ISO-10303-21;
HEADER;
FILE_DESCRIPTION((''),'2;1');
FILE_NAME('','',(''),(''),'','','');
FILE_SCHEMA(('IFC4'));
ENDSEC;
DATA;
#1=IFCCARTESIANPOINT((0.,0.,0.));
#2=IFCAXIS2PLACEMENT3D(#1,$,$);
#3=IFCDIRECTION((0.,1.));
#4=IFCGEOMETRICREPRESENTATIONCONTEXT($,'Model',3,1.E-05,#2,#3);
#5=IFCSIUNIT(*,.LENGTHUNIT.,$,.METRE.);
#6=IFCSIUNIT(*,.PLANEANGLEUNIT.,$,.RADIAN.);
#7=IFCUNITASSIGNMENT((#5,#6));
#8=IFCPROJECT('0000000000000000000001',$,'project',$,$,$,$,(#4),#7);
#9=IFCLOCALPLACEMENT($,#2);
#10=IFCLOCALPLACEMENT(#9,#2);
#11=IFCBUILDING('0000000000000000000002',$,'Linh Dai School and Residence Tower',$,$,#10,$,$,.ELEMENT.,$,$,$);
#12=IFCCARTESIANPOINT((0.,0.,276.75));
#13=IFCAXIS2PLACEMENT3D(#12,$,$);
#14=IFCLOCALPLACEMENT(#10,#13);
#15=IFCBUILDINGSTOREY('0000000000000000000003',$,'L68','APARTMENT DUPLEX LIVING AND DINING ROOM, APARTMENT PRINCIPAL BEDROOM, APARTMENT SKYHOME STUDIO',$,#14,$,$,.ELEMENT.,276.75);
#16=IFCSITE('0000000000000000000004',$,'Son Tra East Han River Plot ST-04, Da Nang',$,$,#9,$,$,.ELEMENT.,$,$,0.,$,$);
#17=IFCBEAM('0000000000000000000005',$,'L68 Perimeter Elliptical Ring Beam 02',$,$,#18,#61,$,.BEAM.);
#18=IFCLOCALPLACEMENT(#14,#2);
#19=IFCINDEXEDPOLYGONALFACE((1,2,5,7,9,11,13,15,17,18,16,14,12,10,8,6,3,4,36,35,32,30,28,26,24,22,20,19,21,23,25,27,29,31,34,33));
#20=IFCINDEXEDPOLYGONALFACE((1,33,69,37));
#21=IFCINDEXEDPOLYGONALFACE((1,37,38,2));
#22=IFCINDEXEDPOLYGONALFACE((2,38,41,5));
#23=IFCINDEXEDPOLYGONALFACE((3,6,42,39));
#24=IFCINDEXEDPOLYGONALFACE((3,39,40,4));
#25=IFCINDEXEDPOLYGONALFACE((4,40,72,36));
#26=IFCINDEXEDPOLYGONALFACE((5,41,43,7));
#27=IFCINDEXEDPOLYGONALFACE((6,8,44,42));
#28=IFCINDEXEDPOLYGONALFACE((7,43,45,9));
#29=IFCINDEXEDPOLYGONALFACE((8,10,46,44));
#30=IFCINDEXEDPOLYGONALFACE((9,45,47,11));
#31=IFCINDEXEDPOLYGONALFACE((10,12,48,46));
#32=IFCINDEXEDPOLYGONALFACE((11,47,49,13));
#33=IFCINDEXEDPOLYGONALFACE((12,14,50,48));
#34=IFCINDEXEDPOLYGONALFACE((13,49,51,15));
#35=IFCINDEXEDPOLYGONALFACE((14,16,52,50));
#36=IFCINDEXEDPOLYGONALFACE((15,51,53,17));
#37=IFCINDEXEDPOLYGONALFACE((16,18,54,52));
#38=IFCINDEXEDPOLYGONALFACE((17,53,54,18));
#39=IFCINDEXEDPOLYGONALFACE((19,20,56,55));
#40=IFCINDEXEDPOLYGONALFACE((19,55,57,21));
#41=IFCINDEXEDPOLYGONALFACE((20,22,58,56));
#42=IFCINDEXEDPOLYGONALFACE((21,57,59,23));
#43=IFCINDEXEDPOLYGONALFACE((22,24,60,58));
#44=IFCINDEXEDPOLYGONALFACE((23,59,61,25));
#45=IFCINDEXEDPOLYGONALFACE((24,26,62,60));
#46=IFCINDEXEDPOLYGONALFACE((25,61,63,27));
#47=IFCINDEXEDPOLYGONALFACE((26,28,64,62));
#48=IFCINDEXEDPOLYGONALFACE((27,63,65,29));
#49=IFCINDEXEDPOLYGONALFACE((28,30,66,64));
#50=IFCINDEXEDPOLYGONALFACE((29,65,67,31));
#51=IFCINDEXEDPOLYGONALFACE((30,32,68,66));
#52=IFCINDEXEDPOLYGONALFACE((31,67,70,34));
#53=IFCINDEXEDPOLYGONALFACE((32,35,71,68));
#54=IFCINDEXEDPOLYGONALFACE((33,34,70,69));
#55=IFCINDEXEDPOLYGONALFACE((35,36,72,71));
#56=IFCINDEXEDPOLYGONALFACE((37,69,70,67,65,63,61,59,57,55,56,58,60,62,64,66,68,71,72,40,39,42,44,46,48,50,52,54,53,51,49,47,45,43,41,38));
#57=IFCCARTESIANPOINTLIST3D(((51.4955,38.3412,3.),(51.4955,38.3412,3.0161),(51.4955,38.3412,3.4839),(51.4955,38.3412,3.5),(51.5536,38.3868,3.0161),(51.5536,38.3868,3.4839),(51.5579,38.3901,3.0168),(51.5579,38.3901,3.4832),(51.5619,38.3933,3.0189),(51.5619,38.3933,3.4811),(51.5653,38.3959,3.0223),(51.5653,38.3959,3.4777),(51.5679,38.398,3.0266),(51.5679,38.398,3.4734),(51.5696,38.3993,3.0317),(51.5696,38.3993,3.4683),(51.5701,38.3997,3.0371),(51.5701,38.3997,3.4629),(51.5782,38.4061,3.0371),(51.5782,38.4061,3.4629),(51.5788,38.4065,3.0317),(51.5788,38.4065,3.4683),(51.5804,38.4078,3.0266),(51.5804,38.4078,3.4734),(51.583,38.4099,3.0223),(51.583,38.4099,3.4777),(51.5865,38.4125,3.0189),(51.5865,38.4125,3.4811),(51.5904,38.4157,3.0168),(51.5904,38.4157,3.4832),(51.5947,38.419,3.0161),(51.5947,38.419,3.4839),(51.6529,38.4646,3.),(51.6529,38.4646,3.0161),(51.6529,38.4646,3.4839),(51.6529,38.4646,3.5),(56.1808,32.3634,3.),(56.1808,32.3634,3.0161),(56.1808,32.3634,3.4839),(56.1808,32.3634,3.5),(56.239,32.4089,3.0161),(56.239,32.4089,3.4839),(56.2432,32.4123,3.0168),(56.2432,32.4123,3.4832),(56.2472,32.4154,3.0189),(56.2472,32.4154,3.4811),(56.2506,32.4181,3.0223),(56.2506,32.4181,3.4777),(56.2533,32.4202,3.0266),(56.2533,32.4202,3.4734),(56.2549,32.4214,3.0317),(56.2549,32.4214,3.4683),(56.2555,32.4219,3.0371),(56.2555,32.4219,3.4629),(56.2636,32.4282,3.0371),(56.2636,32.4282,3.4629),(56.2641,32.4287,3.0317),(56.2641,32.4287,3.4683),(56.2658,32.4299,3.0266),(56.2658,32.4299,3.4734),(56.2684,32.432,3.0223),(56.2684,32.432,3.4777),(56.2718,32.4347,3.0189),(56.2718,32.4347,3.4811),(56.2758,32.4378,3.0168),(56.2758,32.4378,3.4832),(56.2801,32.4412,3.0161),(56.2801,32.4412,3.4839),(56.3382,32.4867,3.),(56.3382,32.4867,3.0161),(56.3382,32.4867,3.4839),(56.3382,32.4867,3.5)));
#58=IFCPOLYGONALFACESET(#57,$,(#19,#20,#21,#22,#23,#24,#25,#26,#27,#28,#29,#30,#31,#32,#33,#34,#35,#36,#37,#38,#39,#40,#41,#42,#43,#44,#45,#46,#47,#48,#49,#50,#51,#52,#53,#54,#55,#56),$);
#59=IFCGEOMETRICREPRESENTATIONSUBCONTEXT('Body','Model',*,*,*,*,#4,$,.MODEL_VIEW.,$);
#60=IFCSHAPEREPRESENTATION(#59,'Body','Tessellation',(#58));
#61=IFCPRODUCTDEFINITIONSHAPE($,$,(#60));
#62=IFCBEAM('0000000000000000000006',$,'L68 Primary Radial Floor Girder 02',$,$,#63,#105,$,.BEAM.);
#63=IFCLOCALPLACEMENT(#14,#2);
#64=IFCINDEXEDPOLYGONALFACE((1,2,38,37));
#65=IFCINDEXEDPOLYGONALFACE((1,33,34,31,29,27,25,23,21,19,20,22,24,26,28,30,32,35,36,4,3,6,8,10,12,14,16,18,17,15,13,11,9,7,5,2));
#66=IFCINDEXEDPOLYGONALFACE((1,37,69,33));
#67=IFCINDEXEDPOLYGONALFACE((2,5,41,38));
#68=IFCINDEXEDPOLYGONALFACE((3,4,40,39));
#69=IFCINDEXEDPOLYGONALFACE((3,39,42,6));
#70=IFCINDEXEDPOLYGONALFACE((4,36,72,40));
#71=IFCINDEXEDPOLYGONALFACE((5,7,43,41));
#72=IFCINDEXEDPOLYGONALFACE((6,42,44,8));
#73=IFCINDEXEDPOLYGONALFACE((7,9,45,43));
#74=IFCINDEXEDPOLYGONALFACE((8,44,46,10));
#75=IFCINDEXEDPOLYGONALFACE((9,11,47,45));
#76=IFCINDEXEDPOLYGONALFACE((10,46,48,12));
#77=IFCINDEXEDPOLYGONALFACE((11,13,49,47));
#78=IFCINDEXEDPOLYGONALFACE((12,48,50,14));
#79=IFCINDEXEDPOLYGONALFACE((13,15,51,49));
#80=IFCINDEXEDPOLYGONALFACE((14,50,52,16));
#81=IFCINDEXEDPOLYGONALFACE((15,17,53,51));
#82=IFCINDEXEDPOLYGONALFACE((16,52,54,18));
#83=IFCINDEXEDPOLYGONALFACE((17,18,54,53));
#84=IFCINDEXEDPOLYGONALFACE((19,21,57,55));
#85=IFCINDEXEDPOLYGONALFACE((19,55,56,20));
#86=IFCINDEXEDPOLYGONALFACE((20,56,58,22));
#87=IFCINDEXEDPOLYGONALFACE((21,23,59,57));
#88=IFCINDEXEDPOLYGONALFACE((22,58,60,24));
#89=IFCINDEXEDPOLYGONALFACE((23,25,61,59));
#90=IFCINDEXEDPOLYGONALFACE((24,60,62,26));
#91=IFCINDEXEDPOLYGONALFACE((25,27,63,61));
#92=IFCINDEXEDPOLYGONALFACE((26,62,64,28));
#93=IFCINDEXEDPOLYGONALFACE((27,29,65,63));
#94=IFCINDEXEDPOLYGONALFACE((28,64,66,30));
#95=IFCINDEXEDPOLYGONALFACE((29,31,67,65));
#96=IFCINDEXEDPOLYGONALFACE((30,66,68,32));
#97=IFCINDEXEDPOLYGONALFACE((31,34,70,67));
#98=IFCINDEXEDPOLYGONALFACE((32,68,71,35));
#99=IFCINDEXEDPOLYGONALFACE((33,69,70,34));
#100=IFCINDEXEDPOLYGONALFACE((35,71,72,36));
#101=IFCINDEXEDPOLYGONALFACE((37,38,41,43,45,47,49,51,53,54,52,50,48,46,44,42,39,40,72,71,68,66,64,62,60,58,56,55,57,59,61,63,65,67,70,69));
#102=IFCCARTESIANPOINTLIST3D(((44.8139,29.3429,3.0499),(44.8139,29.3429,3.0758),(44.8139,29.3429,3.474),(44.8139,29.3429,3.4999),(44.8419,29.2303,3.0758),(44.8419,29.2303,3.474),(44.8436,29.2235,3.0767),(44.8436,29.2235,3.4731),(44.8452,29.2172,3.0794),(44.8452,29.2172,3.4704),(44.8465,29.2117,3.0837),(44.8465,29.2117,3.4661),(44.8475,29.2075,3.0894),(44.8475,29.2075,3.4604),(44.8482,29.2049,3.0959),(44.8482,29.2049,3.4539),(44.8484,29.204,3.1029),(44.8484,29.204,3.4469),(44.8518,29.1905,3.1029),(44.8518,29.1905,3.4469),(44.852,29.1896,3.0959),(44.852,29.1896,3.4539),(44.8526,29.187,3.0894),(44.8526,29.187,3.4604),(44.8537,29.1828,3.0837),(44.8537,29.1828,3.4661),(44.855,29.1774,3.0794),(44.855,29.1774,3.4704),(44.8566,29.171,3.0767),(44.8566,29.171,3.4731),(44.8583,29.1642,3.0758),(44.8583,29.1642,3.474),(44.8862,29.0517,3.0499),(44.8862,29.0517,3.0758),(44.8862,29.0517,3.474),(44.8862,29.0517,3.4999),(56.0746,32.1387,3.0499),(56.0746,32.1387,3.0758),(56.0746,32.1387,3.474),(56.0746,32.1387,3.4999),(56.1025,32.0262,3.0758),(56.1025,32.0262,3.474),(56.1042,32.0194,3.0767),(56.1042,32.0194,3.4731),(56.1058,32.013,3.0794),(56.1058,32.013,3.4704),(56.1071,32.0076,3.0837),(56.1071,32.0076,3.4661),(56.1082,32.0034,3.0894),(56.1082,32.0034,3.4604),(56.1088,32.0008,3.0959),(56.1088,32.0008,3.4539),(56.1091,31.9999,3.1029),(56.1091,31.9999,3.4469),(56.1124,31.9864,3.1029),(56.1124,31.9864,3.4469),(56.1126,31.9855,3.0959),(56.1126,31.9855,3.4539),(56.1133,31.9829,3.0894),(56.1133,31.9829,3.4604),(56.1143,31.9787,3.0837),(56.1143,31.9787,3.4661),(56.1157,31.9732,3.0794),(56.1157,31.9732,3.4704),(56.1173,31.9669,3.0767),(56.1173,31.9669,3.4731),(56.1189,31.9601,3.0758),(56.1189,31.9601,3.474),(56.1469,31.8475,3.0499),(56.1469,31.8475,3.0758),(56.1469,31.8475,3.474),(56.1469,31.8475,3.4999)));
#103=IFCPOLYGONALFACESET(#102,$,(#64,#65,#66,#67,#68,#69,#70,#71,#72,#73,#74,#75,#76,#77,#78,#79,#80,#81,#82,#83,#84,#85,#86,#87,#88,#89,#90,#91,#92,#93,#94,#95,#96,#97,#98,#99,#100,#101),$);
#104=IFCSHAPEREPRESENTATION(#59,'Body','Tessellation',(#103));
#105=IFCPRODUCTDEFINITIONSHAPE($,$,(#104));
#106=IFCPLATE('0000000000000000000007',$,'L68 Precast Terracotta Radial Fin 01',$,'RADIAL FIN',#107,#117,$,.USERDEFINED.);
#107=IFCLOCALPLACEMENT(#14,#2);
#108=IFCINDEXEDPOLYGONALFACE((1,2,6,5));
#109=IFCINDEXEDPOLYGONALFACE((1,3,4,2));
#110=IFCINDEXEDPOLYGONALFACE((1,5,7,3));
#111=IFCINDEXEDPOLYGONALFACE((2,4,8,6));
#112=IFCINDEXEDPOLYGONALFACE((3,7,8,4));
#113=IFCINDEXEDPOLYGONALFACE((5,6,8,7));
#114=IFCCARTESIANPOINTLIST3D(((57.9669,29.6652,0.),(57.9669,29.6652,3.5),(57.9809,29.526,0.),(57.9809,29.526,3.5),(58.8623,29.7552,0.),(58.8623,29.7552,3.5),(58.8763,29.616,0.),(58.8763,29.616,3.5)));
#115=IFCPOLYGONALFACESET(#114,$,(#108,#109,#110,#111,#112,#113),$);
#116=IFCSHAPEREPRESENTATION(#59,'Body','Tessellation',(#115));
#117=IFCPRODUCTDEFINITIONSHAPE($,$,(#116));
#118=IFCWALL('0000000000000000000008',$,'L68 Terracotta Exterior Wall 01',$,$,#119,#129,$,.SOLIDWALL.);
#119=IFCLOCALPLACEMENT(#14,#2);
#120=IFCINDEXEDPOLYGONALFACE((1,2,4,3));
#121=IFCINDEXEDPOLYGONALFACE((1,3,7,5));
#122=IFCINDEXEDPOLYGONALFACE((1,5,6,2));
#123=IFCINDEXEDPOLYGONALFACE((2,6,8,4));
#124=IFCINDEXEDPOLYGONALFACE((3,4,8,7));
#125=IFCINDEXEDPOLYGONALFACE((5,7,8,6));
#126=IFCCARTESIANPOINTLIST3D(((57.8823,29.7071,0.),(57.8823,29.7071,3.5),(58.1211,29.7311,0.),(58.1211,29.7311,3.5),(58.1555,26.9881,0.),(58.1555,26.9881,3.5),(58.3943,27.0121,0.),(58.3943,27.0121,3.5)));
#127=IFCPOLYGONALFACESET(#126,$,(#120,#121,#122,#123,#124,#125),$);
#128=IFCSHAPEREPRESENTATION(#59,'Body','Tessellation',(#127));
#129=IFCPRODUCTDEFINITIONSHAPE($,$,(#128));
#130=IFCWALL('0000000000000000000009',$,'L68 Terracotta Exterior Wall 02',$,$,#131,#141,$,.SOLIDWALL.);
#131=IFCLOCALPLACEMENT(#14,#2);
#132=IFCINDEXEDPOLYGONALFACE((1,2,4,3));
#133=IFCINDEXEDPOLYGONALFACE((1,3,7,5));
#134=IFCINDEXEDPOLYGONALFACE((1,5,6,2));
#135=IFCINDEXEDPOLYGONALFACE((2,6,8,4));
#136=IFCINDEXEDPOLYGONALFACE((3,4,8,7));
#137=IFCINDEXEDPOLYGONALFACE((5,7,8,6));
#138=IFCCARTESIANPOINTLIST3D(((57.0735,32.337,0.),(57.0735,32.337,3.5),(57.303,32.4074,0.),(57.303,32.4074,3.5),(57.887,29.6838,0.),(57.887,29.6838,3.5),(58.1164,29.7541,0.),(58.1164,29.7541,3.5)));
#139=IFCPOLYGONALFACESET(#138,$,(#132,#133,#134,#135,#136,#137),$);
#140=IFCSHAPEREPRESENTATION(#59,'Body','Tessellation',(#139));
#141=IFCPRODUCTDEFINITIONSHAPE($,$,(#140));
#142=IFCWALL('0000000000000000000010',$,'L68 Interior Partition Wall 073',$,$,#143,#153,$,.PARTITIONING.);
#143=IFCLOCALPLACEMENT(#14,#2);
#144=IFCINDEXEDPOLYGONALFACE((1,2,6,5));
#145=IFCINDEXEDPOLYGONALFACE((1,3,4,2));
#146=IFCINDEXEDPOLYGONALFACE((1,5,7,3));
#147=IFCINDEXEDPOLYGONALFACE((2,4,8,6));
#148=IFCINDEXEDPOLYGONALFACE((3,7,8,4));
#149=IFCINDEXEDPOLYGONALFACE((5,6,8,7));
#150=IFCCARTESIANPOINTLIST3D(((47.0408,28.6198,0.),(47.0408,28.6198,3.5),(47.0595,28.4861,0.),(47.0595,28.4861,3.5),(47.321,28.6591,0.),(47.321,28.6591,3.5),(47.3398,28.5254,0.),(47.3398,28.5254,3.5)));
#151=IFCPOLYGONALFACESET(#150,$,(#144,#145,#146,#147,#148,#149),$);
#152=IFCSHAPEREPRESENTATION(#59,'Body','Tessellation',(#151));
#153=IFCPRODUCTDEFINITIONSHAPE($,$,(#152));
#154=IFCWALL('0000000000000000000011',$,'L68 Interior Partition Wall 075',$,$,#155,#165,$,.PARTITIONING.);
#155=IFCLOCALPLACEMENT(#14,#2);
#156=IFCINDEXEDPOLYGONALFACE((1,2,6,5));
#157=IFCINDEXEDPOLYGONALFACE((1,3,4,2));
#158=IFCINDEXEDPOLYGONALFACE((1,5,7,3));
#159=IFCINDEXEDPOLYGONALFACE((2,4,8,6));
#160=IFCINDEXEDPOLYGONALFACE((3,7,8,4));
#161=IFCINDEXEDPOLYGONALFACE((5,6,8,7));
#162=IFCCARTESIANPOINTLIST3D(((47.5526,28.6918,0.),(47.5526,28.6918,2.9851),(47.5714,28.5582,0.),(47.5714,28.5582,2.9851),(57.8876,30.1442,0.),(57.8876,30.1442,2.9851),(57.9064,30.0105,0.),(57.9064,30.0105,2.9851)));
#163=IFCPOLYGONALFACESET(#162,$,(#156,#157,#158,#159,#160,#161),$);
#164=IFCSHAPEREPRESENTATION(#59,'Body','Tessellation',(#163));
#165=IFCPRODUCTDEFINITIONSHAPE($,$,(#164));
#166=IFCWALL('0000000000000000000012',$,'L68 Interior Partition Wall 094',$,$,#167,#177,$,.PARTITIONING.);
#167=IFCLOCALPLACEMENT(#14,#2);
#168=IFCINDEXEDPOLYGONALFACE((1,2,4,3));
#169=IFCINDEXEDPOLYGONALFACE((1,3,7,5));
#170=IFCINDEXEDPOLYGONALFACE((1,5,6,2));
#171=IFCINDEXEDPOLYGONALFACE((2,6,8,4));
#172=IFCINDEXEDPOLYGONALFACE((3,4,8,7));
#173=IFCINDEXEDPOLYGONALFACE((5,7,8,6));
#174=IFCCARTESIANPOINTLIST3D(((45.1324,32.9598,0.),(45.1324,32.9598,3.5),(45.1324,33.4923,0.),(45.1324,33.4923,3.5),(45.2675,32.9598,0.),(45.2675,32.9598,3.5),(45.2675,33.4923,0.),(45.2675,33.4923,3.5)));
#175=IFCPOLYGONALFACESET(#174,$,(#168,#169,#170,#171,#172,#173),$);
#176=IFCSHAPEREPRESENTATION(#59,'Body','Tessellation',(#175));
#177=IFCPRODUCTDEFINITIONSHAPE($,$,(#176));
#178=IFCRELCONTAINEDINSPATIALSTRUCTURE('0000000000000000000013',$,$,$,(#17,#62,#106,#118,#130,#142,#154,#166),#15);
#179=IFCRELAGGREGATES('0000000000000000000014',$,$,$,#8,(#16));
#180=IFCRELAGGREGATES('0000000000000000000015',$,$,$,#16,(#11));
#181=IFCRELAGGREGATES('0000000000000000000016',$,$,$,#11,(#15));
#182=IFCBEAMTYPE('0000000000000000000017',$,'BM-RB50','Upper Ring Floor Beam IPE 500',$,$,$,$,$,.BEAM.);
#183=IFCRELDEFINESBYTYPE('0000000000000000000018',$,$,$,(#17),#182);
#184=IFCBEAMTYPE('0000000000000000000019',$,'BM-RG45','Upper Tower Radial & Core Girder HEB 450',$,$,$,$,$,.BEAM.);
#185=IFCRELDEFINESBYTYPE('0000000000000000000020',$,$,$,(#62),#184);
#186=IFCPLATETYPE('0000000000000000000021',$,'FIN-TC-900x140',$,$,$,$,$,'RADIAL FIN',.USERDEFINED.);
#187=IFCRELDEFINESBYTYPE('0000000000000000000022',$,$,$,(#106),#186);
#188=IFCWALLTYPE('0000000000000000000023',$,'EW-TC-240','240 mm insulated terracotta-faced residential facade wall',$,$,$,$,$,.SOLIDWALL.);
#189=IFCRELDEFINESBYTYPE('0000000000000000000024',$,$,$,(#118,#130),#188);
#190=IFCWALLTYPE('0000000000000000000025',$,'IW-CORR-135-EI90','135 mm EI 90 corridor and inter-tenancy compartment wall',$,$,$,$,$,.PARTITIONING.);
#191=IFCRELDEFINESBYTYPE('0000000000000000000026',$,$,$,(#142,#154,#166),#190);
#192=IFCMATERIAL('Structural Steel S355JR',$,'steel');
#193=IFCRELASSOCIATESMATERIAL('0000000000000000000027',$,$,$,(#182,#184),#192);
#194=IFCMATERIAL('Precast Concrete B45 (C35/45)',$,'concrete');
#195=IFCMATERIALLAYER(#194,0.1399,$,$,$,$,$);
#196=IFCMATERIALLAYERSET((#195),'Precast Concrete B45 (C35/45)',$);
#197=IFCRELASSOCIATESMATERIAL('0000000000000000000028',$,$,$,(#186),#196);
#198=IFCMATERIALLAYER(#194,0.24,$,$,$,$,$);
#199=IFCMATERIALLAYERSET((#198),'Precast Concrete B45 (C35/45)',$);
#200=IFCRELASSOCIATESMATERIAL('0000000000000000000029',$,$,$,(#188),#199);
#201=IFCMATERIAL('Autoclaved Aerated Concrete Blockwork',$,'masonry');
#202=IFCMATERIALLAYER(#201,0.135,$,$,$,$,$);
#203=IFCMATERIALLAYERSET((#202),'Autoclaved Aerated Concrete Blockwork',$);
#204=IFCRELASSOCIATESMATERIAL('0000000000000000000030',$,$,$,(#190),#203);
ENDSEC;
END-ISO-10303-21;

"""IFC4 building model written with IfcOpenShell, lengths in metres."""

from ifc_helpers import new_model, si_unit, direction, frame, frame_2d, origin, origin_2d, place, context, subcontext, project, spatial, rectangle, i_section, extrude, source, transform, mapped, material, layer, layer_set, material_profile, profile_set, type_object, element, save


model = new_model("IFC4")

# Units and contexts
model_context = context("Model", 3, precision=1e-05, world=origin(), true_north=direction((0.0, 1.0)))
body_context = subcontext(model_context, "Body", "Model", "MODEL_VIEW")
ifc_project = project(units=[si_unit("LENGTHUNIT", "METRE"), si_unit("PLANEANGLEUNIT", "RADIAN")], contexts=[model_context])

# Site, building, storey
site_placement = place(None, origin())
site = spatial("IfcSite", under=ifc_project, at=site_placement, Name="Son Tra East Han River Plot ST-04, Da Nang", CompositionType="ELEMENT", RefElevation=0.0)
building_placement = place(site_placement, origin())
building = spatial("IfcBuilding", under=site, at=building_placement, Name="Linh Dai School and Residence Tower", CompositionType="ELEMENT")
storey_placement = place(building_placement, frame((0.0, 0.0, 276.75)))
storey = spatial("IfcBuildingStorey", under=building, at=storey_placement, Name="L68", Description="APARTMENT DUPLEX LIVING AND DINING ROOM, APARTMENT PRINCIPAL BEDROOM, APARTMENT SKYHOME STUDIO", CompositionType="ELEMENT", Elevation=276.75)

# Shared definitions
ifc_material_1 = material(Name="Structural Steel S355JR", Category="steel")

# Beams
ifc_material_profile_1 = material_profile(ifc_material_1, i_section(OverallWidth=0.2, OverallDepth=0.5, WebThickness=0.0103, FlangeThickness=0.0161, FilletRadius=0.021, at=origin_2d()), Name="IPE 500")
ifc_profile_set_1 = profile_set([ifc_material_profile_1], Name="Structural Steel S355JR")
beam_type_1 = type_object("IfcBeamType", Name="BM-RB50", Description="Upper Ring Floor Beam IPE 500", PredefinedType="BEAM", material=ifc_profile_set_1)
beam_1_placement = place(storey_placement, frame((56.2595, 32.425, 3.25), z_axis=(-0.616883, 0.787055, 0.0), x_axis=(-0.787055, -0.616883, 0.0)))
element("IfcBeam", 1, at=beam_1_placement, inside=storey, type_object=beam_type_1, Name="L68 Perimeter Elliptical Ring Beam 02", PredefinedType="BEAM", context=body_context, shape_type="SweptSolid", body=[
    extrude(i_section(OverallWidth=0.2, OverallDepth=0.5, WebThickness=0.0103, FlangeThickness=0.0161, FilletRadius=0.021, at=origin_2d()), origin(), (0.0, 0.0, 1.0), 7.5952),
])
ifc_material_profile_2 = material_profile(ifc_material_1, i_section(OverallWidth=0.3, OverallDepth=0.45, WebThickness=0.0139, FlangeThickness=0.0259, FilletRadius=0.0271, at=origin_2d()), Name="HEB 450")
ifc_profile_set_2 = profile_set([ifc_material_profile_2], Name="Structural Steel S355JR")
beam_type_2 = type_object("IfcBeamType", Name="BM-RG45", Description="Upper Tower Radial & Core Girder HEB 450", PredefinedType="BEAM", material=ifc_profile_set_2)
beam_2_placement = place(storey_placement, frame((44.8501, 29.1973, 3.2749), z_axis=(0.970532, 0.240971, 0.0), x_axis=(-0.240971, 0.970532, 0.0)))
element("IfcBeam", 2, at=beam_2_placement, inside=storey, type_object=beam_type_2, Name="L68 Primary Radial Floor Girder 02", PredefinedType="BEAM", context=body_context, shape_type="SweptSolid", body=[
    extrude(i_section(OverallWidth=0.3, OverallDepth=0.45, WebThickness=0.0139, FlangeThickness=0.0259, FilletRadius=0.0271, at=origin_2d()), origin(), (0.0, 0.0, 1.0), 11.6025),
])

# Plate
ifc_material_2 = material(Name="Precast Concrete B45 (C35/45)", Category="concrete")
ifc_layer_1 = layer(ifc_material_2, 0.1399)
ifc_layer_set_1 = layer_set([ifc_layer_1], Name="Precast Concrete B45 (C35/45)")
plate_type = type_object("IfcPlateType", Name="FIN-TC-900x140", ElementType="RADIAL FIN", PredefinedType="USERDEFINED", material=ifc_layer_set_1)
shared_shape_1 = source(origin(), body_context, "Body", "SweptSolid", [
    extrude(rectangle(XDim=0.8999, YDim=0.1399, at=origin_2d()), origin(), (0.0, 0.0, 1.0), 3.5),
])
plate_placement = place(storey_placement, frame((58.4216, 29.6406, 0.0), z_axis=(0.0, 0.0, 1.0), x_axis=(0.994987, 0.100008, 0.0)))
element("IfcPlate", 3, at=plate_placement, inside=storey, type_object=plate_type, Name="L68 Precast Terracotta Radial Fin 01", ObjectType="RADIAL FIN", PredefinedType="USERDEFINED", context=body_context, shape_type="MappedRepresentation", body=[
    mapped(shared_shape_1, transform((0.0, 0.0, 0.0), x_axis=(1.0, 0.0, 0.0), y_axis=(0.0, 1.0, 0.0), z_axis=(0.0, 0.0, 1.0), scale=1.0)),
])

# Walls
ifc_layer_2 = layer(ifc_material_2, 0.24)
ifc_layer_set_2 = layer_set([ifc_layer_2], Name="Precast Concrete B45 (C35/45)")
wall_type_1 = type_object("IfcWallType", Name="EW-TC-240", Description="240 mm insulated terracotta-faced residential facade wall", PredefinedType="SOLIDWALL", material=ifc_layer_set_2)
wall_1_placement = place(storey_placement, frame((58.0017, 29.719, 0.0), z_axis=(0.0, 0.0, 1.0), x_axis=(0.099973, -0.99499, 0.0)))
element("IfcWall", 4, at=wall_1_placement, inside=storey, type_object=wall_type_1, Name="L68 Terracotta Exterior Wall 01", PredefinedType="SOLIDWALL", context=body_context, shape_type="SweptSolid", body=[
    extrude(rectangle(XDim=2.7327, YDim=0.24, at=frame_2d((1.3662, 0.0))), origin(), (0.0, 0.0, 1.0), 3.5),
])
wall_2_placement = place(storey_placement, frame((57.1882, 32.3723, 0.0), z_axis=(0.0, 0.0, 1.0), x_axis=(0.293121, -0.956075, 0.0)))
element("IfcWall", 5, at=wall_2_placement, inside=storey, type_object=wall_type_1, Name="L68 Terracotta Exterior Wall 02", PredefinedType="SOLIDWALL", context=body_context, shape_type="SweptSolid", body=[
    extrude(rectangle(XDim=2.7751, YDim=0.24, at=frame_2d((1.3877, 0.0))), origin(), (0.0, 0.0, 1.0), 3.5),
])
ifc_material_3 = material(Name="Autoclaved Aerated Concrete Blockwork", Category="masonry")
ifc_layer_3 = layer(ifc_material_3, 0.135)
ifc_layer_set_3 = layer_set([ifc_layer_3], Name="Autoclaved Aerated Concrete Blockwork")
wall_type_2 = type_object("IfcWallType", Name="IW-CORR-135-EI90", Description="135 mm EI 90 corridor and inter-tenancy compartment wall", PredefinedType="PARTITIONING", material=ifc_layer_set_3)
wall_3_placement = place(storey_placement, frame((47.05, 28.553, 0.0), z_axis=(0.0, 0.0, 1.0), x_axis=(0.990309, 0.138885, 0.0)))
element("IfcWall", 6, at=wall_3_placement, inside=storey, type_object=wall_type_2, Name="L68 Interior Partition Wall 073", PredefinedType="PARTITIONING", context=body_context, shape_type="SweptSolid", body=[
    extrude(rectangle(XDim=0.283, YDim=0.135, at=frame_2d((0.1416, 0.0))), origin(), (0.0, 0.0, 1.0), 3.5),
])
wall_4_placement = place(storey_placement, frame((47.562, 28.625, 0.0), z_axis=(0.0, 0.0, 1.0), x_axis=(0.990269, 0.139165, 0.0)))
element("IfcWall", 7, at=wall_4_placement, inside=storey, type_object=wall_type_2, Name="L68 Interior Partition Wall 075", PredefinedType="PARTITIONING", context=body_context, shape_type="SweptSolid", body=[
    extrude(rectangle(XDim=10.4365, YDim=0.135, at=frame_2d((5.2183, 0.0))), origin(), (0.0, 0.0, 1.0), 2.9851),
])
wall_5_placement = place(storey_placement, frame((45.2, 32.96, 0.0), z_axis=(0.0, 0.0, 1.0), x_axis=(0.0, 1.0, 0.0)))
element("IfcWall", 8, at=wall_5_placement, inside=storey, type_object=wall_type_2, Name="L68 Interior Partition Wall 094", PredefinedType="PARTITIONING", context=body_context, shape_type="SweptSolid", body=[
    extrude(rectangle(XDim=0.5325, YDim=0.135, at=frame_2d((0.2661, 0.0))), origin(), (0.0, 0.0, 1.0), 3.5),
])

save(model, "model.ifc")
